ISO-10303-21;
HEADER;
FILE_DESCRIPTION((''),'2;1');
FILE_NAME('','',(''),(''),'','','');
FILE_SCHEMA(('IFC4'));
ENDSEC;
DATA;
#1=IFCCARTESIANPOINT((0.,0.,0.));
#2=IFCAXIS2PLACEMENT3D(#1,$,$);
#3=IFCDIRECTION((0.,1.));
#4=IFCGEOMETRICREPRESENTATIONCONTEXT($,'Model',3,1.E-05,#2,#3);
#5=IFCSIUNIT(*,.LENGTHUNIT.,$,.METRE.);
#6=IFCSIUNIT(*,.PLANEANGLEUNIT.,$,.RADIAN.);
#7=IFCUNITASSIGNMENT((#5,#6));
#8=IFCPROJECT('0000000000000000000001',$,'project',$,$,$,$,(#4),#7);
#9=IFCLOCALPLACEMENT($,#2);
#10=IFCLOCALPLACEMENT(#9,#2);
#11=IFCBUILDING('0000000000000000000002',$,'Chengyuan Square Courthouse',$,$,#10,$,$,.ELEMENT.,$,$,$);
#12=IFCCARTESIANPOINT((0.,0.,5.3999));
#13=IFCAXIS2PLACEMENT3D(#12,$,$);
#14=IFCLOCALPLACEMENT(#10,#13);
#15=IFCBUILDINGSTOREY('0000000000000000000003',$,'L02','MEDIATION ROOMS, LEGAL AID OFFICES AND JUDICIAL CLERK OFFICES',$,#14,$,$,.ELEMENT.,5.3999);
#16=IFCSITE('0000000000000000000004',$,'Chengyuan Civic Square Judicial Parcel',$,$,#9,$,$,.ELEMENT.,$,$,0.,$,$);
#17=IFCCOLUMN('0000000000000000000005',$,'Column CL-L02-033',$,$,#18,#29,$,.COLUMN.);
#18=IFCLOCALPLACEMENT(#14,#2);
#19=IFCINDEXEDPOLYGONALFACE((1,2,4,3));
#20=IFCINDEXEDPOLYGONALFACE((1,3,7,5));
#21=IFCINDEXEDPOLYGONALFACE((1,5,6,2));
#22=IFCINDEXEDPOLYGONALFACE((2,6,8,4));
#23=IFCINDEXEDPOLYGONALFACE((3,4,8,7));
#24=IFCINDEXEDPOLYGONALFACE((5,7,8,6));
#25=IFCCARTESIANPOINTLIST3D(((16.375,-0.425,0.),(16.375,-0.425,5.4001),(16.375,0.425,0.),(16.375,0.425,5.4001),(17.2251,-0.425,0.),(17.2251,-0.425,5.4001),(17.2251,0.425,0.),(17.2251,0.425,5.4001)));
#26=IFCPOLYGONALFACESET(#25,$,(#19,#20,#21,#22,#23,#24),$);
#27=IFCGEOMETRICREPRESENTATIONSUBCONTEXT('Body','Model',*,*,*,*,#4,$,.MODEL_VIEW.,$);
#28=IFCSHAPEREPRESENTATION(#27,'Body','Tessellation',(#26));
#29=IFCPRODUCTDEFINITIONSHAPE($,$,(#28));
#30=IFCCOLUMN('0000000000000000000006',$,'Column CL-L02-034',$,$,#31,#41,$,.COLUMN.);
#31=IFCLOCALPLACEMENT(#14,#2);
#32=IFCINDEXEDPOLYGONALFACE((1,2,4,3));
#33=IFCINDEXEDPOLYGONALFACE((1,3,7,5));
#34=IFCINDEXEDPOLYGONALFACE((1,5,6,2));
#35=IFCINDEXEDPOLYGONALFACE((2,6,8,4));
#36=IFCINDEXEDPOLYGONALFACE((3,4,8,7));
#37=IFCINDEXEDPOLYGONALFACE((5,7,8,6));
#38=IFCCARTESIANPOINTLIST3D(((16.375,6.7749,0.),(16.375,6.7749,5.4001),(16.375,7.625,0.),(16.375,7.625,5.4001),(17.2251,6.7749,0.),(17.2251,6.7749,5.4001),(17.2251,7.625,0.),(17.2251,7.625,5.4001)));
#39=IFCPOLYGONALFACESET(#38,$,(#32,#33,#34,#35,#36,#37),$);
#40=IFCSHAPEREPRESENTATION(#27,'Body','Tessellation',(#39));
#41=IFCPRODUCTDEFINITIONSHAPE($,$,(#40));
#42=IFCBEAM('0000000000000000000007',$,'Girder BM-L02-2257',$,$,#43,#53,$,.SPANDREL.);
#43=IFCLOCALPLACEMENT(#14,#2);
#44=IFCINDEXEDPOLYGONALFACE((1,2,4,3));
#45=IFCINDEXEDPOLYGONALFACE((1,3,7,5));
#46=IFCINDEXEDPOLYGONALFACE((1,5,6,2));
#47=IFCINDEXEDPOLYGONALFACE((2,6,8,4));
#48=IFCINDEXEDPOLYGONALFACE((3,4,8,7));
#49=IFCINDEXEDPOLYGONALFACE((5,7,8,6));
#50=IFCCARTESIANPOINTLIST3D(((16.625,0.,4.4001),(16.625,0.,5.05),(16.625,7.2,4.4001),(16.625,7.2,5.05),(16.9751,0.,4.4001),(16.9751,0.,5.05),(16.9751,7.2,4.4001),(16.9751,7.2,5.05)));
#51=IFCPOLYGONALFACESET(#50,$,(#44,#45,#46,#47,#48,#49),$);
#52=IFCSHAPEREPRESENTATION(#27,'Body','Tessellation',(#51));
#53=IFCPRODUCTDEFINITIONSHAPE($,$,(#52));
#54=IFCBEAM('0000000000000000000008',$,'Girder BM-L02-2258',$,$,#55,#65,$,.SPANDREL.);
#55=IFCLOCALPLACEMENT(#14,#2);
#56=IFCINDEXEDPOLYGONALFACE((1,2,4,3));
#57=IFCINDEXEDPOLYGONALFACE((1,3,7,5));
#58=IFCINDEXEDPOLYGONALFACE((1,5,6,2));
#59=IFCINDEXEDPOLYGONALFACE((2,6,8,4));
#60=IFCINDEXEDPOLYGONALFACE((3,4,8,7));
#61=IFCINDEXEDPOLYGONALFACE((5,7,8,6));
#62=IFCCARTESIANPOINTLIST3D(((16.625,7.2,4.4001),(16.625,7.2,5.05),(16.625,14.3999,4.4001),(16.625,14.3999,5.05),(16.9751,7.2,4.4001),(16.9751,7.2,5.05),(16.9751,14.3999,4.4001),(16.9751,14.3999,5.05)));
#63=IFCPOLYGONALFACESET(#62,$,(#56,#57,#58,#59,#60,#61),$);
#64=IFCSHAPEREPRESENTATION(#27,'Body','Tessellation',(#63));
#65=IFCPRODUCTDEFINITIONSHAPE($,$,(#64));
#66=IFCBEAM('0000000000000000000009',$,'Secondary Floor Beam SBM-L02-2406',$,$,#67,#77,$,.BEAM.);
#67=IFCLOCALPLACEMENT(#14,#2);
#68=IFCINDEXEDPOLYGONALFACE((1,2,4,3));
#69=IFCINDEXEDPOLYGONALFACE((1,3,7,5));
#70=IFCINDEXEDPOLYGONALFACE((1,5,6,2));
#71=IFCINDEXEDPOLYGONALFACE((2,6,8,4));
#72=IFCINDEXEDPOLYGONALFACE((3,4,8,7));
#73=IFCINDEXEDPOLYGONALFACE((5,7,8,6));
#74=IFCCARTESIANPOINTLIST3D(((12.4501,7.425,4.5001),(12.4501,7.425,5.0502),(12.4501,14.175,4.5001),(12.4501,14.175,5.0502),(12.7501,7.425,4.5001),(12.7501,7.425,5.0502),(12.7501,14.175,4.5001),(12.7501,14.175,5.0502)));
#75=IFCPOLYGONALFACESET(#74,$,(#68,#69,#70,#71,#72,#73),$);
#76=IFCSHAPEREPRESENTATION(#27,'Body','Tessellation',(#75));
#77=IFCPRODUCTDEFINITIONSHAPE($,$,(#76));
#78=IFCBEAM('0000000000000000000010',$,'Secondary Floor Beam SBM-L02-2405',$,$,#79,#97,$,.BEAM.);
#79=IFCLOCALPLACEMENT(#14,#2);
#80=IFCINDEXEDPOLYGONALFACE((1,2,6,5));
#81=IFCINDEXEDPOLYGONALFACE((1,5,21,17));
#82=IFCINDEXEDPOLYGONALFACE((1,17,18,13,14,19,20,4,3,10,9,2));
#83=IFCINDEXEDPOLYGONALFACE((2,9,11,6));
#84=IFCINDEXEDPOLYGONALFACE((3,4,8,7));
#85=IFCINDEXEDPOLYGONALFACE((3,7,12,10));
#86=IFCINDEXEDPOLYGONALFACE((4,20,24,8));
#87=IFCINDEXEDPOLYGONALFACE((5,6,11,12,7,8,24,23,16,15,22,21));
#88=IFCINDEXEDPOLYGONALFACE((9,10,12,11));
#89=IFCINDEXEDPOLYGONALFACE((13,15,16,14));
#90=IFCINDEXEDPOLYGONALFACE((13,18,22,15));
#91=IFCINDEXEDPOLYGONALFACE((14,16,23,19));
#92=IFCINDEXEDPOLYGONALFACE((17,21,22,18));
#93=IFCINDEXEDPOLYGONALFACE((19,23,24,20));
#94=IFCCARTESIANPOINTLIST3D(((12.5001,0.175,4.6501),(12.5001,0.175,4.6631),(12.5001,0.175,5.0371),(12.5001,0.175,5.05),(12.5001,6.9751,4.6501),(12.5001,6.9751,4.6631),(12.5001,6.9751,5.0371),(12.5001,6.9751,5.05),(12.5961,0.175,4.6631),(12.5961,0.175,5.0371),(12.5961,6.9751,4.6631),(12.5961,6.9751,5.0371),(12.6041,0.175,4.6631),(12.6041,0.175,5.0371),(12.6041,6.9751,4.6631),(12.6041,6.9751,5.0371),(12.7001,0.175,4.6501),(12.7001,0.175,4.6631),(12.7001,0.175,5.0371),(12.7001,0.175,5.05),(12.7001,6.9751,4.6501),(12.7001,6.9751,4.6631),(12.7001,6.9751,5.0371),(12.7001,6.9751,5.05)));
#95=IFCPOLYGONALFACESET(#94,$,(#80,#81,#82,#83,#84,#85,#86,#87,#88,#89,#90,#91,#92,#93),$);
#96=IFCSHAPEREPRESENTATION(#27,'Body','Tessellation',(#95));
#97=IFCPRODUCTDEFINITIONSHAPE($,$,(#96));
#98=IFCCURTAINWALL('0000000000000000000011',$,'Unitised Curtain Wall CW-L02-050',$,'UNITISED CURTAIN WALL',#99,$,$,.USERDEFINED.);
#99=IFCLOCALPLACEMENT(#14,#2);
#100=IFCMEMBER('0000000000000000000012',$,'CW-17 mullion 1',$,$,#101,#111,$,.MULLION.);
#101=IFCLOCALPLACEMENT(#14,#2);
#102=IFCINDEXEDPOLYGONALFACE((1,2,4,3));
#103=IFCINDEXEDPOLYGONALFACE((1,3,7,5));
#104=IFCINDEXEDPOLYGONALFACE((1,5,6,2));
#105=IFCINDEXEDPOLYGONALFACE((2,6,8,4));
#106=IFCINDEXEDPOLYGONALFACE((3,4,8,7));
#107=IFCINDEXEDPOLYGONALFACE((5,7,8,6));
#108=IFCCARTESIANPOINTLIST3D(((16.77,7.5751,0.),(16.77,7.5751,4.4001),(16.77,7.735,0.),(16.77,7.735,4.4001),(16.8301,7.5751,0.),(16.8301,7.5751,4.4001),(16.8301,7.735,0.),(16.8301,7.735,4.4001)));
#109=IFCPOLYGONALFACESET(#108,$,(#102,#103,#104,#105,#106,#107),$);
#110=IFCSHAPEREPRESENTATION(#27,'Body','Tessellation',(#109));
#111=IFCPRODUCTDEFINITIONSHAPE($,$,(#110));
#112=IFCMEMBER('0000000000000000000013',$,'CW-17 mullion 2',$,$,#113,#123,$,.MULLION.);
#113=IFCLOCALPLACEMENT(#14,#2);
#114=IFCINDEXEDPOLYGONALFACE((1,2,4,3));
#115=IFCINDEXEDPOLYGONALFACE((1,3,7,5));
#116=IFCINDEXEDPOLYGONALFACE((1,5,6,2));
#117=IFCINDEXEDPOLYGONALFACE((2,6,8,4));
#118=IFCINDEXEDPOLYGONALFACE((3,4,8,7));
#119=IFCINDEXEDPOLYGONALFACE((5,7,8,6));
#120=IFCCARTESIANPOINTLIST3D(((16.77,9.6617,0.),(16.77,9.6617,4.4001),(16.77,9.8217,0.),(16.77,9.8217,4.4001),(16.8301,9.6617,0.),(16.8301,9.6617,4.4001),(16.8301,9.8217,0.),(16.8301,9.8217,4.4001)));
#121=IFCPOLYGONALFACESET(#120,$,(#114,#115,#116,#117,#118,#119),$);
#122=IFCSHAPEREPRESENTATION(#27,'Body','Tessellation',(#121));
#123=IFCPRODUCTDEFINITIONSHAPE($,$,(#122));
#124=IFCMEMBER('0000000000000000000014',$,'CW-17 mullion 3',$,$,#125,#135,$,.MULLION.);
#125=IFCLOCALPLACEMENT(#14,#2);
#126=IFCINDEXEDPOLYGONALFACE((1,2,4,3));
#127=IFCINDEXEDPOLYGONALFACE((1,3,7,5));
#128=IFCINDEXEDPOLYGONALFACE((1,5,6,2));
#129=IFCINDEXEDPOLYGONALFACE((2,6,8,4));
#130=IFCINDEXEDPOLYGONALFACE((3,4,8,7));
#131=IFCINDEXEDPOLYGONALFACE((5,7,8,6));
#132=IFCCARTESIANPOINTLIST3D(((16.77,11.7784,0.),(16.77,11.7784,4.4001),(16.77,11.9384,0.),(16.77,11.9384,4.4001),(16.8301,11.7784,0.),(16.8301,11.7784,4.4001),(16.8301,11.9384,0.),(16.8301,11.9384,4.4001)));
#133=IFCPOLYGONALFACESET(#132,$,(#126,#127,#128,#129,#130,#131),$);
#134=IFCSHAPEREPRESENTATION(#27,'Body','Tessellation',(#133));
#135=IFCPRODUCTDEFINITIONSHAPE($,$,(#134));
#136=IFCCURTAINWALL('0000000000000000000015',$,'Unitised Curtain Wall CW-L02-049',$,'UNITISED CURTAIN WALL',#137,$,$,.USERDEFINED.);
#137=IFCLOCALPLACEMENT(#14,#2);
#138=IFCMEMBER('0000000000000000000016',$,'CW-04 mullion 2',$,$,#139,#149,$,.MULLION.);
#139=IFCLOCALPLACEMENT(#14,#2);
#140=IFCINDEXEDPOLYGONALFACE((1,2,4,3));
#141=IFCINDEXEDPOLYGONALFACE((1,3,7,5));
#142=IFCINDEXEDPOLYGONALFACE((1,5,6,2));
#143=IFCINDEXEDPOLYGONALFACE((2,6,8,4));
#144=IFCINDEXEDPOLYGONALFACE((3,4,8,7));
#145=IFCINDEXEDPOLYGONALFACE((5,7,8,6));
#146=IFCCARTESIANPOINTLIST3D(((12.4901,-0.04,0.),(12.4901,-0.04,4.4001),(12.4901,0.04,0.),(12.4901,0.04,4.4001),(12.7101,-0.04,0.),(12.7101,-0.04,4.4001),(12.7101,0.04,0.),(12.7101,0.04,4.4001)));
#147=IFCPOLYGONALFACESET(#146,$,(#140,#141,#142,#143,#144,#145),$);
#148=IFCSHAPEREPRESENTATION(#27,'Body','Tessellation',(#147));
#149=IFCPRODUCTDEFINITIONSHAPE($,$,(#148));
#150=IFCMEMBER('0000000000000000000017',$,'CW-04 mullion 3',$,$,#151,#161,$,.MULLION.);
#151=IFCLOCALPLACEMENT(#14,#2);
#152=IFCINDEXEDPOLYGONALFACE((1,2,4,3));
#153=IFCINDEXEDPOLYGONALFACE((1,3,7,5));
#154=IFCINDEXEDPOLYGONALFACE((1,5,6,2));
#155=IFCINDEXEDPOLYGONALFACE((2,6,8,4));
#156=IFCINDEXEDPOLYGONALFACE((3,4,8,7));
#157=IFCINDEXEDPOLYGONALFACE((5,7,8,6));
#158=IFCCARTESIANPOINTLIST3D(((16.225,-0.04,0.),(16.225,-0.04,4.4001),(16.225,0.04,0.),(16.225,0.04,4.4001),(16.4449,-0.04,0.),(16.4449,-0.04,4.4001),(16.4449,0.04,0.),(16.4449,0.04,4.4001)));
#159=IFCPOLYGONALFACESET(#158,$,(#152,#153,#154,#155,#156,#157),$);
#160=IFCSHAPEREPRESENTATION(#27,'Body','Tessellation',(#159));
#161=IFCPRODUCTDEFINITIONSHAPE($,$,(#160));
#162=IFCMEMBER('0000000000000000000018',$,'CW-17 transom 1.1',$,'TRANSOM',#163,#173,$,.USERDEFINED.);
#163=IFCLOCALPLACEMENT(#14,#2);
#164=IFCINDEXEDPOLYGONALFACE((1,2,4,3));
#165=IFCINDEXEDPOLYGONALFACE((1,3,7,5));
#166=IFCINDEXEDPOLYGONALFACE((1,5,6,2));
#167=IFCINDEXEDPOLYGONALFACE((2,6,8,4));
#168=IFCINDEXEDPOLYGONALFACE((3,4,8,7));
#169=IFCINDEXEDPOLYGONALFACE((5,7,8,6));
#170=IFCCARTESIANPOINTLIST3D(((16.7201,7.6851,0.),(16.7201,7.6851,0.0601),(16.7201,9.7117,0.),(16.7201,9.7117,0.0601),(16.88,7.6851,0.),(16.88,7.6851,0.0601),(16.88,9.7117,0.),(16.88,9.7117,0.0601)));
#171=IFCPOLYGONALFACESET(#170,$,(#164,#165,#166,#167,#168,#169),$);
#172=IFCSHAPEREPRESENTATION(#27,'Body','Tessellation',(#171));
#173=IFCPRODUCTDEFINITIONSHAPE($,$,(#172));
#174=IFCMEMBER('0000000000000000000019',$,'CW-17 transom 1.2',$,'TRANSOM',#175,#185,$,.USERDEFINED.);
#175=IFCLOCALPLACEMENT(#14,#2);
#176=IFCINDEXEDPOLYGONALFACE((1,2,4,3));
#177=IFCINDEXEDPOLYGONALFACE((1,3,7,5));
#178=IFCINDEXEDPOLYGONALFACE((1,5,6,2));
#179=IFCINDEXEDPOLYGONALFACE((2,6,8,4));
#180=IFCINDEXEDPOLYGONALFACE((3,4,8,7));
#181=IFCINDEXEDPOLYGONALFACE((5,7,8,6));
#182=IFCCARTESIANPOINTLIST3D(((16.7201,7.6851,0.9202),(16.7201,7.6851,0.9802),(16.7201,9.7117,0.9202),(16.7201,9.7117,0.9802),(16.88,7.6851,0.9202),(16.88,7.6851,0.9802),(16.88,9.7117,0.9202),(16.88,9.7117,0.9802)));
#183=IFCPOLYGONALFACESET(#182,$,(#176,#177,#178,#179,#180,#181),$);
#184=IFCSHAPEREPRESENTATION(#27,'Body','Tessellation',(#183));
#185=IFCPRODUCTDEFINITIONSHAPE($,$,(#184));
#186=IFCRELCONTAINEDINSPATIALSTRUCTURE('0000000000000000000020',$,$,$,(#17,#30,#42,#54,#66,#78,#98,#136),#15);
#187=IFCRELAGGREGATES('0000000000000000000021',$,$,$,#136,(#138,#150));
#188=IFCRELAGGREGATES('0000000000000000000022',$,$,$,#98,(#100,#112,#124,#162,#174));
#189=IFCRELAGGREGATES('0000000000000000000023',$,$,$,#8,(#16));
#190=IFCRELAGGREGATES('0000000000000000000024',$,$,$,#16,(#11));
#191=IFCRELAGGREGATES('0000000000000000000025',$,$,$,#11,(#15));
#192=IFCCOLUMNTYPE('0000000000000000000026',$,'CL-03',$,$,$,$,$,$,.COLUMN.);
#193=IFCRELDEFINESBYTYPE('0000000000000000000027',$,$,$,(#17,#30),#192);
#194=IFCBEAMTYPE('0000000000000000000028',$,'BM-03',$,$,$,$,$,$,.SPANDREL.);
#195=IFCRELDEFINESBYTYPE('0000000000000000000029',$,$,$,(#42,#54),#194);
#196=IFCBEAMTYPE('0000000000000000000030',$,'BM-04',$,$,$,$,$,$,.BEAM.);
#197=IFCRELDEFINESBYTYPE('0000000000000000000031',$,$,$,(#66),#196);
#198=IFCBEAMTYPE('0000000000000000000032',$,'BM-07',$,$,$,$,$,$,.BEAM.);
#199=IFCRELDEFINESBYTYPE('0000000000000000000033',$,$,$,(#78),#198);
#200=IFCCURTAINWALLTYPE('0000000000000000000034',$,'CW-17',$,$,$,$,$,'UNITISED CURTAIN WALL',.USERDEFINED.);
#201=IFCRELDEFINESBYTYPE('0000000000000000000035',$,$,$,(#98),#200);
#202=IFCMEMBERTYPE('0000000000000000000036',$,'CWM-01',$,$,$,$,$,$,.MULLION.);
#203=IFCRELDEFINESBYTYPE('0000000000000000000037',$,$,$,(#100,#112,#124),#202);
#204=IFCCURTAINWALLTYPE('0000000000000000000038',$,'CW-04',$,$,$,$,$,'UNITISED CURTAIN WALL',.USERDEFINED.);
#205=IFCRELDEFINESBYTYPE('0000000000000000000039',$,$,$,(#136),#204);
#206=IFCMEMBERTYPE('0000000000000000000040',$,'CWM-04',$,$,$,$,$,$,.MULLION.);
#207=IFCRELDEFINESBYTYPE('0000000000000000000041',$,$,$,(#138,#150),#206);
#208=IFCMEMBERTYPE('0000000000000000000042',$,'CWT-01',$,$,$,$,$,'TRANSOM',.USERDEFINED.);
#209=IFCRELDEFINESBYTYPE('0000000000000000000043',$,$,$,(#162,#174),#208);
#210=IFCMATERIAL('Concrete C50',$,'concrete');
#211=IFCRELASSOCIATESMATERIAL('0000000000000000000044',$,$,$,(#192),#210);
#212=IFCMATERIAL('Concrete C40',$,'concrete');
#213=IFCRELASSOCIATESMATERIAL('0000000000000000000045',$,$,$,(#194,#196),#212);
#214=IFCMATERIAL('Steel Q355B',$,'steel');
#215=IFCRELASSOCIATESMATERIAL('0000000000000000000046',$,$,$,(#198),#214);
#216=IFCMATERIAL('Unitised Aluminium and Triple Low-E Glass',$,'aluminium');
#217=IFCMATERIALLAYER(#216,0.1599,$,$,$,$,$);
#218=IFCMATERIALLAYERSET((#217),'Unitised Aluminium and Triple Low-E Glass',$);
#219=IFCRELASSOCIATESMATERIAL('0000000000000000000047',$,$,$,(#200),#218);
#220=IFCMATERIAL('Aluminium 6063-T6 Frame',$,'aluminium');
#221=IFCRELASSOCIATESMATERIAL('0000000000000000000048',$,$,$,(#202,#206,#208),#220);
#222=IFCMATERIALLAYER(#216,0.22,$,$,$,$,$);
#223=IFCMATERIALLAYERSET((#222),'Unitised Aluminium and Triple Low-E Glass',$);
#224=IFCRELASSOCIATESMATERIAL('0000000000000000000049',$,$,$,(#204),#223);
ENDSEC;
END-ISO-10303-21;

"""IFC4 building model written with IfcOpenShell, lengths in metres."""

from ifc_helpers import new_model, si_unit, direction, frame, origin, origin_2d, place, context, subcontext, project, spatial, rectangle, i_section, extrude, material, layer, layer_set, material_profile, profile_set, type_object, element, aggregate, save


model = new_model("IFC4")

# Units and contexts
model_context = context("Model", 3, precision=1e-05, world=origin(), true_north=direction((0.0, 1.0)))
body_context = subcontext(model_context, "Body", "Model", "MODEL_VIEW")
ifc_project = project(units=[si_unit("LENGTHUNIT", "METRE"), si_unit("PLANEANGLEUNIT", "RADIAN")], contexts=[model_context])

# Site, building, storey
site_placement = place(None, origin())
site = spatial("IfcSite", under=ifc_project, at=site_placement, Name="Chengyuan Civic Square Judicial Parcel", CompositionType="ELEMENT", RefElevation=0.0)
building_placement = place(site_placement, origin())
building = spatial("IfcBuilding", under=site, at=building_placement, Name="Chengyuan Square Courthouse", CompositionType="ELEMENT")
storey_placement = place(building_placement, frame((0.0, 0.0, 5.3999)))
storey = spatial("IfcBuildingStorey", under=building, at=storey_placement, Name="L02", Description="MEDIATION ROOMS, LEGAL AID OFFICES AND JUDICIAL CLERK OFFICES", CompositionType="ELEMENT", Elevation=5.3999)

# Columns
ifc_material_1 = material(Name="Concrete C50", Category="concrete")
ifc_material_profile_1 = material_profile(ifc_material_1, rectangle(XDim=0.8501, YDim=0.8501, at=origin_2d()), Name="RC-COL-850x850")
ifc_profile_set_1 = profile_set([ifc_material_profile_1], Name="Concrete C50")
column_type = type_object("IfcColumnType", Name="CL-03", PredefinedType="COLUMN", material=ifc_profile_set_1)
for number, where, z_axis, x_axis, name in (
    (1, (16.8, 0.0, 0.0), (0.0, 0.0, 1.0), (1.0, 0.0, 0.0), "Column CL-L02-033"),
    (2, (16.8, 7.2, 0.0), (0.0, 0.0, 1.0), (1.0, 0.0, 0.0), "Column CL-L02-034"),
):
    element("IfcColumn", number, at=place(storey_placement, frame(where, z_axis=z_axis, x_axis=x_axis)), inside=storey, type_object=column_type, Name=name, PredefinedType="COLUMN", context=body_context, shape_type="SweptSolid", body=[
        extrude(rectangle(XDim=0.8501, YDim=0.8501, at=origin_2d()), origin(), (0.0, 0.0, 1.0), 5.4001),
    ])

# Beams
ifc_material_2 = material(Name="Concrete C40", Category="concrete")
ifc_material_profile_2 = material_profile(ifc_material_2, rectangle(XDim=0.3501, YDim=0.6499, at=origin_2d()), Name="RC-BM-350x650")
ifc_profile_set_2 = profile_set([ifc_material_profile_2], Name="Concrete C40")
beam_type_1 = type_object("IfcBeamType", Name="BM-03", PredefinedType="SPANDREL", material=ifc_profile_set_2)
for number, where, z_axis, x_axis, name in (
    (3, (16.8, 0.0, 4.7251), (0.0, 1.0, 0.0), (-1.0, 0.0, 0.0), "Girder BM-L02-2257"),
    (4, (16.8, 7.2, 4.7251), (0.0, 1.0, 0.0), (-1.0, 0.0, 0.0), "Girder BM-L02-2258"),
):
    element("IfcBeam", number, at=place(storey_placement, frame(where, z_axis=z_axis, x_axis=x_axis)), inside=storey, type_object=beam_type_1, Name=name, PredefinedType="SPANDREL", context=body_context, shape_type="SweptSolid", body=[
        extrude(rectangle(XDim=0.3501, YDim=0.6499, at=origin_2d()), origin(), (0.0, 0.0, 1.0), 7.2),
    ])
ifc_material_profile_3 = material_profile(ifc_material_2, rectangle(XDim=0.3, YDim=0.55, at=origin_2d()), Name="RC-BM-300x550")
ifc_profile_set_3 = profile_set([ifc_material_profile_3], Name="Concrete C40")
beam_type_2 = type_object("IfcBeamType", Name="BM-04", PredefinedType="BEAM", material=ifc_profile_set_3)
beam_1_placement = place(storey_placement, frame((12.6001, 7.425, 4.7751), z_axis=(0.0, 1.0, 0.0), x_axis=(-1.0, 0.0, 0.0)))
element("IfcBeam", 5, at=beam_1_placement, inside=storey, type_object=beam_type_2, Name="Secondary Floor Beam SBM-L02-2406", PredefinedType="BEAM", context=body_context, shape_type="SweptSolid", body=[
    extrude(rectangle(XDim=0.3, YDim=0.55, at=origin_2d()), origin(), (0.0, 0.0, 1.0), 6.75),
])
ifc_material_3 = material(Name="Steel Q355B", Category="steel")
ifc_material_profile_4 = material_profile(ifc_material_3, i_section(OverallWidth=0.2, OverallDepth=0.3999, WebThickness=0.0081, FlangeThickness=0.0129, at=origin_2d()), Name="HN 400x200x8x13")
ifc_profile_set_4 = profile_set([ifc_material_profile_4], Name="Steel Q355B")
beam_type_3 = type_object("IfcBeamType", Name="BM-07", PredefinedType="BEAM", material=ifc_profile_set_4)
beam_2_placement = place(storey_placement, frame((12.6001, 0.175, 4.8501), z_axis=(0.0, 1.0, 0.0), x_axis=(-1.0, 0.0, 0.0)))
element("IfcBeam", 6, at=beam_2_placement, inside=storey, type_object=beam_type_3, Name="Secondary Floor Beam SBM-L02-2405", PredefinedType="BEAM", context=body_context, shape_type="SweptSolid", body=[
    extrude(i_section(OverallWidth=0.2, OverallDepth=0.3999, WebThickness=0.0081, FlangeThickness=0.0129, at=origin_2d()), origin(), (0.0, 0.0, 1.0), 6.8),
])

# Curtain walls, members
ifc_material_4 = material(Name="Unitised Aluminium and Triple Low-E Glass", Category="aluminium")
ifc_layer_1 = layer(ifc_material_4, 0.1599)
ifc_layer_set_1 = layer_set([ifc_layer_1], Name="Unitised Aluminium and Triple Low-E Glass")
curtain_wall_type_1 = type_object("IfcCurtainWallType", Name="CW-17", ElementType="UNITISED CURTAIN WALL", PredefinedType="USERDEFINED", material=ifc_layer_set_1)
curtain_wall_1_placement = place(storey_placement, origin())
curtain_wall_1 = element("IfcCurtainWall", 7, at=curtain_wall_1_placement, inside=storey, type_object=curtain_wall_type_1, Name="Unitised Curtain Wall CW-L02-050", ObjectType="UNITISED CURTAIN WALL", PredefinedType="USERDEFINED")
ifc_material_5 = material(Name="Aluminium 6063-T6 Frame", Category="aluminium")
ifc_material_profile_5 = material_profile(ifc_material_5, rectangle(XDim=0.0601, YDim=0.1599, at=origin_2d()), Name="CW-MUL-60x160")
ifc_profile_set_5 = profile_set([ifc_material_profile_5], Name="Aluminium 6063-T6 Frame")
member_type_1 = type_object("IfcMemberType", Name="CWM-01", PredefinedType="MULLION", material=ifc_profile_set_5)
member_1_placement = place(storey_placement, frame((16.8, 7.655, 0.0), z_axis=(0.0, 0.0, 1.0), x_axis=(-1.0, 0.0, 0.0)))
member_1 = element("IfcMember", 8, at=member_1_placement, type_object=member_type_1, Name="CW-17 mullion 1", PredefinedType="MULLION", context=body_context, shape_type="SweptSolid", body=[
    extrude(rectangle(XDim=0.0601, YDim=0.1599, at=origin_2d()), origin(), (0.0, 0.0, 1.0), 4.4001),
])
member_2_placement = place(storey_placement, frame((16.8, 9.7417, 0.0), z_axis=(0.0, 0.0, 1.0), x_axis=(-1.0, 0.0, 0.0)))
member_2 = element("IfcMember", 9, at=member_2_placement, type_object=member_type_1, Name="CW-17 mullion 2", PredefinedType="MULLION", context=body_context, shape_type="SweptSolid", body=[
    extrude(rectangle(XDim=0.0601, YDim=0.1599, at=origin_2d()), origin(), (0.0, 0.0, 1.0), 4.4001),
])
member_3_placement = place(storey_placement, frame((16.8, 11.8584, 0.0), z_axis=(0.0, 0.0, 1.0), x_axis=(-1.0, 0.0, 0.0)))
member_3 = element("IfcMember", 10, at=member_3_placement, type_object=member_type_1, Name="CW-17 mullion 3", PredefinedType="MULLION", context=body_context, shape_type="SweptSolid", body=[
    extrude(rectangle(XDim=0.0601, YDim=0.1599, at=origin_2d()), origin(), (0.0, 0.0, 1.0), 4.4001),
])
ifc_layer_2 = layer(ifc_material_4, 0.22)
ifc_layer_set_2 = layer_set([ifc_layer_2], Name="Unitised Aluminium and Triple Low-E Glass")
curtain_wall_type_2 = type_object("IfcCurtainWallType", Name="CW-04", ElementType="UNITISED CURTAIN WALL", PredefinedType="USERDEFINED", material=ifc_layer_set_2)
curtain_wall_2_placement = place(storey_placement, origin())
curtain_wall_2 = element("IfcCurtainWall", 11, at=curtain_wall_2_placement, inside=storey, type_object=curtain_wall_type_2, Name="Unitised Curtain Wall CW-L02-049", ObjectType="UNITISED CURTAIN WALL", PredefinedType="USERDEFINED")
ifc_material_profile_6 = material_profile(ifc_material_5, rectangle(XDim=0.0801, YDim=0.22, at=origin_2d()), Name="CW-MUL-80x220")
ifc_profile_set_6 = profile_set([ifc_material_profile_6], Name="Aluminium 6063-T6 Frame")
member_type_2 = type_object("IfcMemberType", Name="CWM-04", PredefinedType="MULLION", material=ifc_profile_set_6)
member_4_placement = place(storey_placement, frame((12.6001, 0.0, 0.0), z_axis=(0.0, 0.0, 1.0), x_axis=(0.0, 1.0, 0.0)))
member_4 = element("IfcMember", 12, at=member_4_placement, type_object=member_type_2, Name="CW-04 mullion 2", PredefinedType="MULLION", context=body_context, shape_type="SweptSolid", body=[
    extrude(rectangle(XDim=0.0801, YDim=0.22, at=origin_2d()), origin(), (0.0, 0.0, 1.0), 4.4001),
])
member_5_placement = place(storey_placement, frame((16.335, 0.0, 0.0), z_axis=(0.0, 0.0, 1.0), x_axis=(0.0, 1.0, 0.0)))
member_5 = element("IfcMember", 13, at=member_5_placement, type_object=member_type_2, Name="CW-04 mullion 3", PredefinedType="MULLION", context=body_context, shape_type="SweptSolid", body=[
    extrude(rectangle(XDim=0.0801, YDim=0.22, at=origin_2d()), origin(), (0.0, 0.0, 1.0), 4.4001),
])

# Members
ifc_material_profile_7 = material_profile(ifc_material_5, rectangle(XDim=0.1599, YDim=0.0601, at=origin_2d()), Name="CW-TRN-60x120")
ifc_profile_set_7 = profile_set([ifc_material_profile_7], Name="Aluminium 6063-T6 Frame")
member_type_3 = type_object("IfcMemberType", Name="CWT-01", ElementType="TRANSOM", PredefinedType="USERDEFINED", material=ifc_profile_set_7)
member_6_placement = place(storey_placement, frame((16.8, 7.6851, 0.03), z_axis=(0.0, 1.0, 0.0), x_axis=(-1.0, 0.0, 0.0)))
member_6 = element("IfcMember", 14, at=member_6_placement, type_object=member_type_3, Name="CW-17 transom 1.1", ObjectType="TRANSOM", PredefinedType="USERDEFINED", context=body_context, shape_type="SweptSolid", body=[
    extrude(rectangle(XDim=0.1599, YDim=0.0601, at=origin_2d()), origin(), (0.0, 0.0, 1.0), 2.0266),
])
member_7_placement = place(storey_placement, frame((16.8, 7.6851, 0.9502), z_axis=(0.0, 1.0, 0.0), x_axis=(-1.0, 0.0, 0.0)))
member_7 = element("IfcMember", 15, at=member_7_placement, type_object=member_type_3, Name="CW-17 transom 1.2", ObjectType="TRANSOM", PredefinedType="USERDEFINED", context=body_context, shape_type="SweptSolid", body=[
    extrude(rectangle(XDim=0.1599, YDim=0.0601, at=origin_2d()), origin(), (0.0, 0.0, 1.0), 2.0266),
])

aggregate(curtain_wall_2, [member_4, member_5])
aggregate(curtain_wall_1, [member_1, member_2, member_3, member_6, member_7])

save(model, "model.ifc")
